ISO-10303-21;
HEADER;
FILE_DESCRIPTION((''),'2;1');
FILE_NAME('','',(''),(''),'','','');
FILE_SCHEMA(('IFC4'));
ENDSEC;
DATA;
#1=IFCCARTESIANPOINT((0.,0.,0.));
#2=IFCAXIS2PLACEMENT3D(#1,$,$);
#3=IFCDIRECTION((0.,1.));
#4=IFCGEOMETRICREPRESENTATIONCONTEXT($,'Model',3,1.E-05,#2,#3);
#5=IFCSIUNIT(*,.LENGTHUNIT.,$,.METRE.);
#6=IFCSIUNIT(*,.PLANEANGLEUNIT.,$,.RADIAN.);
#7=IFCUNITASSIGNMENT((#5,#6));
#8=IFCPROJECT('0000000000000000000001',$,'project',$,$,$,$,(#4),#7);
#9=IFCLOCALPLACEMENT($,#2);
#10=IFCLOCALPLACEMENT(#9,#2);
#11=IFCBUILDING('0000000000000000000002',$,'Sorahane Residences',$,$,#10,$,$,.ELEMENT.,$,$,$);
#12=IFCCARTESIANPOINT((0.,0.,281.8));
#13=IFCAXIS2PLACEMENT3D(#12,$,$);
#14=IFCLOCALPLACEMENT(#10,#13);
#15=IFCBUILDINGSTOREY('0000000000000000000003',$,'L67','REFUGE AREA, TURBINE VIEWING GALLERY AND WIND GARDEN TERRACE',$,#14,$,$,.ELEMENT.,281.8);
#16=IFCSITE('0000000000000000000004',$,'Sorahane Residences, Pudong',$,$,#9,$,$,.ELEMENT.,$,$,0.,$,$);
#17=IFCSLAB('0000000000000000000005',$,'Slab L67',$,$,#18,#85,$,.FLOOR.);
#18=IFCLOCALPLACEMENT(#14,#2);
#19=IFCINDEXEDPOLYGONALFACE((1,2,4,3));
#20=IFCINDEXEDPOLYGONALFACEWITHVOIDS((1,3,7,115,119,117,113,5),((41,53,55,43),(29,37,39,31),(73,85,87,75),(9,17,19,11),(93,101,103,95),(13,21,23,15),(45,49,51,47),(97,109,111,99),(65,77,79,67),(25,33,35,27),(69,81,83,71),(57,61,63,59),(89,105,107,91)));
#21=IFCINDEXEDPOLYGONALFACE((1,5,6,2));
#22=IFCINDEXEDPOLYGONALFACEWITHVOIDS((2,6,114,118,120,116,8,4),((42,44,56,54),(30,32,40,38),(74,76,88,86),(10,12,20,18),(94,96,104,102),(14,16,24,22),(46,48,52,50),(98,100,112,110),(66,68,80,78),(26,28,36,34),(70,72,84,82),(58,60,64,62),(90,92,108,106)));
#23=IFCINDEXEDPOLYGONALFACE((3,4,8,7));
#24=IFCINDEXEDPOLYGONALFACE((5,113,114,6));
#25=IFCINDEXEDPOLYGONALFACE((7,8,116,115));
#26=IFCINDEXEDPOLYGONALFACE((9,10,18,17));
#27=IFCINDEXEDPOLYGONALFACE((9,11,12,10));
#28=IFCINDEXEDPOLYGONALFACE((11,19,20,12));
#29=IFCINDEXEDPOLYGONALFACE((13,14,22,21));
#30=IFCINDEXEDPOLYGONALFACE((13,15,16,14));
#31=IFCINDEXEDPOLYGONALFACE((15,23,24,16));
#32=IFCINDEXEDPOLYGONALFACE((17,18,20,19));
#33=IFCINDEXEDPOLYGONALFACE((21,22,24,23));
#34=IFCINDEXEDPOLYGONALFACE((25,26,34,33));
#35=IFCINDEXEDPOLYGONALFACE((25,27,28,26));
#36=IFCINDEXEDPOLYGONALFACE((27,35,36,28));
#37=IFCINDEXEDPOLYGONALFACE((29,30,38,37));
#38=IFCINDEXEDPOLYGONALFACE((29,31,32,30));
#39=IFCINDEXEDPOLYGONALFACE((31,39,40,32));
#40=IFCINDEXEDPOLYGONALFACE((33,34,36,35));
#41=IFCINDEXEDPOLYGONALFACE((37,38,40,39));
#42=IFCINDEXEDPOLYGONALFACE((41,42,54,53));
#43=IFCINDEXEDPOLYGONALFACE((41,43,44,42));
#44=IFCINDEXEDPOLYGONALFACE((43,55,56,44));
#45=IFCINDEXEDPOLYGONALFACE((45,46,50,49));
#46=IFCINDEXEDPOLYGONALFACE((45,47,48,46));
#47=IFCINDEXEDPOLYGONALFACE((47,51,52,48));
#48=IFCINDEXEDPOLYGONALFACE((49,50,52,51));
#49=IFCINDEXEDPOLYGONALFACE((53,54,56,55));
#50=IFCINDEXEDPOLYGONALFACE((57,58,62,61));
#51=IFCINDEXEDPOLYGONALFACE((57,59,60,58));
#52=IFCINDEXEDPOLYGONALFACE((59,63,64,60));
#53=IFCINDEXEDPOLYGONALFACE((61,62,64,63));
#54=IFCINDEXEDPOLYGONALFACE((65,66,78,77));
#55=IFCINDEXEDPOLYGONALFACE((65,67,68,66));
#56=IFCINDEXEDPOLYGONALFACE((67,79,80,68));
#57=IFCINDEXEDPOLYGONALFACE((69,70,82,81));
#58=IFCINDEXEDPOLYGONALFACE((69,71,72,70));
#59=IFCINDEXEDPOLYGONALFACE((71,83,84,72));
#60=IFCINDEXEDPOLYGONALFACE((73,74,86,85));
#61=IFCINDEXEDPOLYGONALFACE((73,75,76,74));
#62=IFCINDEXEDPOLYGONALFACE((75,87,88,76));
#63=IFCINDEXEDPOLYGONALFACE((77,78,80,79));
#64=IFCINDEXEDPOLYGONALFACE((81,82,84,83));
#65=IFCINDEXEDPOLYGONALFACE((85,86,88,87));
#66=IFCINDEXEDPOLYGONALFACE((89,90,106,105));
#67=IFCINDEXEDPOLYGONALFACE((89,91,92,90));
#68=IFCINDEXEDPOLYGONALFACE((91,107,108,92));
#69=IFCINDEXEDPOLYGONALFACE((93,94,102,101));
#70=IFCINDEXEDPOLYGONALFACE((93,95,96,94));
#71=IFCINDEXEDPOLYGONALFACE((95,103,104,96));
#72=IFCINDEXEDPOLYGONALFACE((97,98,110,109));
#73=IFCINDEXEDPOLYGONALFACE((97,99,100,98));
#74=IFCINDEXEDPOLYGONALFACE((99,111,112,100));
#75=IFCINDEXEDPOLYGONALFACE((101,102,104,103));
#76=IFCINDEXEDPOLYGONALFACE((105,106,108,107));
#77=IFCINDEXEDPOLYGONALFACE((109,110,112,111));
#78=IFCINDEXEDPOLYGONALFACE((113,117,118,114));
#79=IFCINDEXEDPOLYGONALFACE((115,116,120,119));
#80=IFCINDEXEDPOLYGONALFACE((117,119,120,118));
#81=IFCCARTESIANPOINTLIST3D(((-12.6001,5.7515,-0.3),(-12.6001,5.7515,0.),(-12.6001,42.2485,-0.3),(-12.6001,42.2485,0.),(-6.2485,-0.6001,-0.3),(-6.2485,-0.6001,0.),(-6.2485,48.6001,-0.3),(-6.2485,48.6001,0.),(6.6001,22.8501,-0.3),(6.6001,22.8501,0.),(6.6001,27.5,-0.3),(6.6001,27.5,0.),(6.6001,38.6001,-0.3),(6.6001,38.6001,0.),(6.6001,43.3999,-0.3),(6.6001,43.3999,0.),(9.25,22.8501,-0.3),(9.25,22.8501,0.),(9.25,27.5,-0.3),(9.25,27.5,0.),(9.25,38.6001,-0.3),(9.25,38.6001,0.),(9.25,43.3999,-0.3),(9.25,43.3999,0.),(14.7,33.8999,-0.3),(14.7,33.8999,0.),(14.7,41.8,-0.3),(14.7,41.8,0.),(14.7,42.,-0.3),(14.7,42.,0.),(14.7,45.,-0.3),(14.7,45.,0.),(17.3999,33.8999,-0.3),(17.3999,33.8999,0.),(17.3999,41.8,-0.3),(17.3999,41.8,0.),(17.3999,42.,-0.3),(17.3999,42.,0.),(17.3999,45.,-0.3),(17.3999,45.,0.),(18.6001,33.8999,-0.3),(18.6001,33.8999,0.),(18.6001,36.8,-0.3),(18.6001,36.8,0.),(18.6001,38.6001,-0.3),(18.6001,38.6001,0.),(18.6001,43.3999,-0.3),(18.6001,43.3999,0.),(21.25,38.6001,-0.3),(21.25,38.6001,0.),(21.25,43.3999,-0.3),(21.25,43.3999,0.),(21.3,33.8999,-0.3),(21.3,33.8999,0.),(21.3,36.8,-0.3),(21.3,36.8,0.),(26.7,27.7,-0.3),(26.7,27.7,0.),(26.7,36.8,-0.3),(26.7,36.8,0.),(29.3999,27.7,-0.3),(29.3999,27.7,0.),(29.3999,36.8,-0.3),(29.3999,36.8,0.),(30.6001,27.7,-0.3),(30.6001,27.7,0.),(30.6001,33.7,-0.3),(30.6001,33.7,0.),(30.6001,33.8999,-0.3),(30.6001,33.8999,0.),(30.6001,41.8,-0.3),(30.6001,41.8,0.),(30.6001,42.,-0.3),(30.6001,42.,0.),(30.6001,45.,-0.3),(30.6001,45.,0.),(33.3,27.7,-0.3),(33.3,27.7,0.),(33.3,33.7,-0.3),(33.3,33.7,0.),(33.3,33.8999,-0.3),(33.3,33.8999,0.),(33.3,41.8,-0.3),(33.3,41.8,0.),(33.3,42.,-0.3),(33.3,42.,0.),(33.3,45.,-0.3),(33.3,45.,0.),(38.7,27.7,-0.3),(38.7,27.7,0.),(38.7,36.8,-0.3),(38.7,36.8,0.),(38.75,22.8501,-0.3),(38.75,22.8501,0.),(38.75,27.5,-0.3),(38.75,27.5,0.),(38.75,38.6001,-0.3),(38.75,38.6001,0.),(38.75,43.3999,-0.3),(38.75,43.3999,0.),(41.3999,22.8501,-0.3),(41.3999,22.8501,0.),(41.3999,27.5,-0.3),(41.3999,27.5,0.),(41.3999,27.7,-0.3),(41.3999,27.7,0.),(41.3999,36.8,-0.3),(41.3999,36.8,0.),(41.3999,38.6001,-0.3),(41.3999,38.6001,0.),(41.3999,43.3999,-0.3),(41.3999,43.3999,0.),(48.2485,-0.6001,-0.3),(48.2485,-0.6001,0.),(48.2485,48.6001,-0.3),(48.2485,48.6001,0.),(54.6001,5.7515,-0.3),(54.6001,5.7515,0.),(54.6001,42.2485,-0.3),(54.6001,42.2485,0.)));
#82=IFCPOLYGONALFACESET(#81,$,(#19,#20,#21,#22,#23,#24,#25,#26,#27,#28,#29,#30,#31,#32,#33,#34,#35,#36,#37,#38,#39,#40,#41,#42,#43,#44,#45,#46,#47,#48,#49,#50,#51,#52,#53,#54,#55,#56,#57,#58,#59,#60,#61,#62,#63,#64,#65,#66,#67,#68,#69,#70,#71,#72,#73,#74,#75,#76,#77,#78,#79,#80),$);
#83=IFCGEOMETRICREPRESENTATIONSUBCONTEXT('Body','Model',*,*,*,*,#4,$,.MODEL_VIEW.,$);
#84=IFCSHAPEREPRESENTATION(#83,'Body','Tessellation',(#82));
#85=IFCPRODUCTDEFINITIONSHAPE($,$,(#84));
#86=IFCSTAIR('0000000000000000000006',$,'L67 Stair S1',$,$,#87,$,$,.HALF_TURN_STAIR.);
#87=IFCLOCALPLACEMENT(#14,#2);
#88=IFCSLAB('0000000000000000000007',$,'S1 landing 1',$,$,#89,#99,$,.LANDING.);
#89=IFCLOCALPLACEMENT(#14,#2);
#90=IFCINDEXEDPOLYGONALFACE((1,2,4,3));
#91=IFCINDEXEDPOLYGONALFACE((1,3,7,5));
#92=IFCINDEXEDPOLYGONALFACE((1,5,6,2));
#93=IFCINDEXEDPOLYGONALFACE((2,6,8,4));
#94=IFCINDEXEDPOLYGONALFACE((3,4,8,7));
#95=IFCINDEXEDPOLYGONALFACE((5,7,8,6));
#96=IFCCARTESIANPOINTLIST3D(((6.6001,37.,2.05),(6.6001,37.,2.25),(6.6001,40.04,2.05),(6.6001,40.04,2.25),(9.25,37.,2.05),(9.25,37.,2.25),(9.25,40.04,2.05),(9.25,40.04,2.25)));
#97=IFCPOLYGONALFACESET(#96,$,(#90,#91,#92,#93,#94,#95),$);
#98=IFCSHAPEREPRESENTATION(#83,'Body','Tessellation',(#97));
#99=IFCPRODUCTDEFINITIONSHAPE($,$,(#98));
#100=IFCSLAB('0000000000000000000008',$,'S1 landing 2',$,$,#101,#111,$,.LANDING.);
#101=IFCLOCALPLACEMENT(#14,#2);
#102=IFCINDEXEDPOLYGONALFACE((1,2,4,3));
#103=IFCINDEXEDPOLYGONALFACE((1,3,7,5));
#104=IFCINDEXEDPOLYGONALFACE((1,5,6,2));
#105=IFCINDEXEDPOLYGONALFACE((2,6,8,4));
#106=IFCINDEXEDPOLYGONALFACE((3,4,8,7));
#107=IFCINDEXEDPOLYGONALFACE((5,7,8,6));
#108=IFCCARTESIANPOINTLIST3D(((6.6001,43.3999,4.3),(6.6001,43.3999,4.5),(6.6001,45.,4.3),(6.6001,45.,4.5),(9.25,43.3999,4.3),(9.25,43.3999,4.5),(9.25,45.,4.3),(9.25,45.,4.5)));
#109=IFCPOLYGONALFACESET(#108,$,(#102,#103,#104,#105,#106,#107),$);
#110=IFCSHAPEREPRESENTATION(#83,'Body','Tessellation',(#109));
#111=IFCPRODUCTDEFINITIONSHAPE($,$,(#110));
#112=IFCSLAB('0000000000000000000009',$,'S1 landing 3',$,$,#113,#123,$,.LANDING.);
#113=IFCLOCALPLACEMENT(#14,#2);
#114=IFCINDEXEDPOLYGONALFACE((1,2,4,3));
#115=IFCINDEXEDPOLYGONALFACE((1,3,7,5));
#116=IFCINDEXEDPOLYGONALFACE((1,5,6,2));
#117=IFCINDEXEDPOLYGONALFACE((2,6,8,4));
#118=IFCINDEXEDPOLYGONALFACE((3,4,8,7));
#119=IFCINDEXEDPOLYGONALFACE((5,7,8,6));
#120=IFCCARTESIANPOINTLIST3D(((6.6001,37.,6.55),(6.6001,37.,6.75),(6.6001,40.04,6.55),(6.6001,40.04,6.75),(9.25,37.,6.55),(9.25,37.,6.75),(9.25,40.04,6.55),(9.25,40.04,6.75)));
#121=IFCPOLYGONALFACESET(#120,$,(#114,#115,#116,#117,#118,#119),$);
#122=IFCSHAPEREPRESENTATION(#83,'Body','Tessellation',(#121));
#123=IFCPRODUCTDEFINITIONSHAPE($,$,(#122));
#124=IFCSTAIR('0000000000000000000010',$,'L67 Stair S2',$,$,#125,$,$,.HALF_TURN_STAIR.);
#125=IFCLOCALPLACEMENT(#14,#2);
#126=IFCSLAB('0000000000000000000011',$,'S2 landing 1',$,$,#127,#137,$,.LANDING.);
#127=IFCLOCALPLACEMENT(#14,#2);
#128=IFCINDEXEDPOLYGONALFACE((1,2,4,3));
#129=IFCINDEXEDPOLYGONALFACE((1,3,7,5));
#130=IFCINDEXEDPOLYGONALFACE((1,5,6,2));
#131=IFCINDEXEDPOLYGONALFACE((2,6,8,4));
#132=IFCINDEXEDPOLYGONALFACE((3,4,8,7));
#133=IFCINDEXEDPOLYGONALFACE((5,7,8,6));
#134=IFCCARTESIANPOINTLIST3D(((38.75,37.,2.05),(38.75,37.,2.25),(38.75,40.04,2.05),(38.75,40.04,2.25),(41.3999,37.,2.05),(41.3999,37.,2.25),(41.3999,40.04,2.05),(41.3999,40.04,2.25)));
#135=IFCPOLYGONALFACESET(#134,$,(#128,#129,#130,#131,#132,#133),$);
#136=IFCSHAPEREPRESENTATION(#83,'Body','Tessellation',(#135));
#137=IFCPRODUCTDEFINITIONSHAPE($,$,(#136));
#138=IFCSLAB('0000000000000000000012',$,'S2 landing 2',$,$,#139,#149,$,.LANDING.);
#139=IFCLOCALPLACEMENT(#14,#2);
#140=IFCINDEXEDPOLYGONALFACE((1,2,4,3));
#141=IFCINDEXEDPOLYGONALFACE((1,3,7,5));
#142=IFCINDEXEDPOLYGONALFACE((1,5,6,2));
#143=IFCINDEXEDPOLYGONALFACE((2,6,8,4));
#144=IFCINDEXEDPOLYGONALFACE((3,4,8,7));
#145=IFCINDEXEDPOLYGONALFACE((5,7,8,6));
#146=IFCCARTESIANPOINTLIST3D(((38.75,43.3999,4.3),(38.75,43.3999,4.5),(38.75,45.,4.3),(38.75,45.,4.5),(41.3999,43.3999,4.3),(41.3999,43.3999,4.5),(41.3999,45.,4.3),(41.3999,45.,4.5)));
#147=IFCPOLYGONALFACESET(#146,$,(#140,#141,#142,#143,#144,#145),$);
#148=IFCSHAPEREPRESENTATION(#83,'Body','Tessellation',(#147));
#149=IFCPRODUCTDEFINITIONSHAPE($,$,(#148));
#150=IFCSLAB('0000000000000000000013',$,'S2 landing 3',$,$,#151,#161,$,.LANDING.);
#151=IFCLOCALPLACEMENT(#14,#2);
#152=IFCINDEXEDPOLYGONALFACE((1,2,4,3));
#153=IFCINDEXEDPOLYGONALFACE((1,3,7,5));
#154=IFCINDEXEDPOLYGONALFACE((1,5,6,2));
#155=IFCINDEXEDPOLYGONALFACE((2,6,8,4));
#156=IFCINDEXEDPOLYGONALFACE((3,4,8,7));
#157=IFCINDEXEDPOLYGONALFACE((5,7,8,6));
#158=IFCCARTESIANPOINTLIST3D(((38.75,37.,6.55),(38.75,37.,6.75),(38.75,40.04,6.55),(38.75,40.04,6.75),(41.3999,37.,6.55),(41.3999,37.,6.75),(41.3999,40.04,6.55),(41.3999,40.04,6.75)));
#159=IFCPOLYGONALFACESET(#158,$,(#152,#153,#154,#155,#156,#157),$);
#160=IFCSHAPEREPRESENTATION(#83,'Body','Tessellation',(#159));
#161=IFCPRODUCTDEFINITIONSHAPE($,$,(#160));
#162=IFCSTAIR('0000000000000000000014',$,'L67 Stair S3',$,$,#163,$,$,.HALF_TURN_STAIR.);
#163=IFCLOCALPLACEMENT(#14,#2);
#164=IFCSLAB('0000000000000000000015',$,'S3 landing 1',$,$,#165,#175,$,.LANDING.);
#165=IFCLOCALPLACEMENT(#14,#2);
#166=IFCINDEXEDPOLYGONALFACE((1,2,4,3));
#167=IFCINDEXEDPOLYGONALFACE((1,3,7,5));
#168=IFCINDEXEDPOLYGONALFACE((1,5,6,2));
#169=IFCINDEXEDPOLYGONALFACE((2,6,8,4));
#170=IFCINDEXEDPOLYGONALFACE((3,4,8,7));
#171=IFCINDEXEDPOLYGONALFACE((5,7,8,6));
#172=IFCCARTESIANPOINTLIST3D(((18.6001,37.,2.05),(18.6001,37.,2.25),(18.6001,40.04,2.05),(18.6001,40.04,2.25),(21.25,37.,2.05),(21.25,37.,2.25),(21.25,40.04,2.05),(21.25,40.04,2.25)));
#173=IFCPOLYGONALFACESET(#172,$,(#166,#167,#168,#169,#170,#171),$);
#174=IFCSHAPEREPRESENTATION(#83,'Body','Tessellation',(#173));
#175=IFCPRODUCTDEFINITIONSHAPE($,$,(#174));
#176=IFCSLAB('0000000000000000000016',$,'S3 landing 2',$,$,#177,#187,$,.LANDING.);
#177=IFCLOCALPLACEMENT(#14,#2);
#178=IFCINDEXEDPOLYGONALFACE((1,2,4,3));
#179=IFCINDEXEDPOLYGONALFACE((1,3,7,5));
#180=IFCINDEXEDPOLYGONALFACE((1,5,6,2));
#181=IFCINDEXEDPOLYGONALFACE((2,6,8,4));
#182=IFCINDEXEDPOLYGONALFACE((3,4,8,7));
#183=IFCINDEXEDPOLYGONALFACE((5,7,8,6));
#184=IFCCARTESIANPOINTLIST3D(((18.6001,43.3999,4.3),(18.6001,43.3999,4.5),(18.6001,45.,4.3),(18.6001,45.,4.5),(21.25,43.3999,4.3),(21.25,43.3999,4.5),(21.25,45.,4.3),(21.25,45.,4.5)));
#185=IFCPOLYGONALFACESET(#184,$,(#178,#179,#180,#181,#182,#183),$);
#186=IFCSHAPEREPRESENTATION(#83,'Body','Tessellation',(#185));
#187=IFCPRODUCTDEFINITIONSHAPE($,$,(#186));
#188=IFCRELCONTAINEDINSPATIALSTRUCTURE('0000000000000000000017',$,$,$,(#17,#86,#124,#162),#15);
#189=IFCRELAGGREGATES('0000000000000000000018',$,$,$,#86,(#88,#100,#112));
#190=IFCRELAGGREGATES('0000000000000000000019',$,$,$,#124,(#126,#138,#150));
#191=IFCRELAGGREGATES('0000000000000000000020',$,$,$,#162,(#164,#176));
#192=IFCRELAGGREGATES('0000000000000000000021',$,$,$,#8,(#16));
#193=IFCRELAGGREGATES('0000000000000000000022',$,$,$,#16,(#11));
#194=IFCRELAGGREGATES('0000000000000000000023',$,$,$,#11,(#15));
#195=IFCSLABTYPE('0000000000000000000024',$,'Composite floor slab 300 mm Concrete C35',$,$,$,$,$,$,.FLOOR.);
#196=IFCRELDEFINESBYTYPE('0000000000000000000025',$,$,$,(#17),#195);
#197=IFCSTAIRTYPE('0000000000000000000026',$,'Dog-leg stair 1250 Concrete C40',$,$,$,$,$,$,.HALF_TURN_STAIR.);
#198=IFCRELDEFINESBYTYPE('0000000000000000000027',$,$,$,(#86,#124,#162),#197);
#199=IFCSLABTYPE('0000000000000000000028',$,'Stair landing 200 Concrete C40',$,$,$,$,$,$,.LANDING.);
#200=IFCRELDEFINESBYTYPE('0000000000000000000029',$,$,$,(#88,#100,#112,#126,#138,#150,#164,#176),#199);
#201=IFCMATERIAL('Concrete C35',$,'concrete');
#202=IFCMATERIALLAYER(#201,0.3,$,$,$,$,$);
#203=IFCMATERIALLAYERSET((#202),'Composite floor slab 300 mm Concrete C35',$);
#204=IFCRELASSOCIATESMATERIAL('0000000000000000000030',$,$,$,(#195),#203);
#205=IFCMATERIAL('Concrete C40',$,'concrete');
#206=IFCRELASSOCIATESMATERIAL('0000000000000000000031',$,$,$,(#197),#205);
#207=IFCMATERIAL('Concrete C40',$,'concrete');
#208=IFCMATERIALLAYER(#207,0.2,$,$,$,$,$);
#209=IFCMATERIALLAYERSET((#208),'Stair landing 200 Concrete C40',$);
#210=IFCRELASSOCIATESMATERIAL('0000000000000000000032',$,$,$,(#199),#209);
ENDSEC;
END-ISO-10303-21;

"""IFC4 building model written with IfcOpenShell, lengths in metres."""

from ifc_helpers import new_model, si_unit, direction, frame, origin, place, context, subcontext, project, spatial, polyline, outline, extrude, material, layer, layer_set, type_object, element, aggregate, save


model = new_model("IFC4")

# Units and contexts
model_context = context("Model", 3, precision=1e-05, world=origin(), true_north=direction((0.0, 1.0)))
body_context = subcontext(model_context, "Body", "Model", "MODEL_VIEW")
ifc_project = project(units=[si_unit("LENGTHUNIT", "METRE"), si_unit("PLANEANGLEUNIT", "RADIAN")], contexts=[model_context])

# Site, building, storey
site_placement = place(None, origin())
site = spatial("IfcSite", under=ifc_project, at=site_placement, Name="Sorahane Residences, Pudong", CompositionType="ELEMENT", RefElevation=0.0)
building_placement = place(site_placement, origin())
building = spatial("IfcBuilding", under=site, at=building_placement, Name="Sorahane Residences", CompositionType="ELEMENT")
storey_placement = place(building_placement, frame((0.0, 0.0, 281.8)))
storey = spatial("IfcBuildingStorey", under=building, at=storey_placement, Name="L67", Description="REFUGE AREA, TURBINE VIEWING GALLERY AND WIND GARDEN TERRACE", CompositionType="ELEMENT", Elevation=281.8)

# Slab
ifc_material_1 = material(Name="Concrete C35", Category="concrete")
ifc_layer_1 = layer(ifc_material_1, 0.3)
ifc_layer_set_1 = layer_set([ifc_layer_1], Name="Composite floor slab 300 mm Concrete C35")
slab_type_1 = type_object("IfcSlabType", Name="Composite floor slab 300 mm Concrete C35", PredefinedType="FLOOR", material=ifc_layer_set_1)
slab_1_placement = place(storey_placement, frame((0.0, 0.0, -0.3)))
element("IfcSlab", 1, at=slab_1_placement, inside=storey, type_object=slab_type_1, Name="Slab L67", PredefinedType="FLOOR", context=body_context, shape_type="SweptSolid", body=[
    extrude(outline(polyline([(-6.2485, -0.6001), (-12.6001, 5.7515), (-12.6001, 42.2485), (-6.2485, 48.6001), (48.2485, 48.6001), (54.6001, 42.2485), (54.6001, 5.7515), (48.2485, -0.6001), (-6.2485, -0.6001)]), holes=[polyline([(38.7, 27.7), (41.3999, 27.7), (41.3999, 36.8), (38.7, 36.8), (38.7, 27.7)]), polyline([(30.6001, 27.7), (33.3, 27.7), (33.3, 33.7), (30.6001, 33.7), (30.6001, 27.7)]), polyline([(30.6001, 42.0), (33.3, 42.0), (33.3, 45.0), (30.6001, 45.0), (30.6001, 42.0)]), polyline([(14.7, 42.0), (17.3999, 42.0), (17.3999, 45.0), (14.7, 45.0), (14.7, 42.0)]), polyline([(9.25, 38.6001), (6.6001, 38.6001), (6.6001, 43.3999), (9.25, 43.3999), (9.25, 38.6001)]), polyline([(41.3999, 38.6001), (38.75, 38.6001), (38.75, 43.3999), (41.3999, 43.3999), (41.3999, 38.6001)]), polyline([(21.25, 38.6001), (18.6001, 38.6001), (18.6001, 43.3999), (21.25, 43.3999), (21.25, 38.6001)]), polyline([(6.6001, 27.5), (9.25, 27.5), (9.25, 22.8501), (6.6001, 22.8501), (6.6001, 27.5)]), polyline([(38.75, 27.5), (41.3999, 27.5), (41.3999, 22.8501), (38.75, 22.8501), (38.75, 27.5)]), polyline([(14.7, 33.8999), (17.3999, 33.8999), (17.3999, 41.8), (14.7, 41.8), (14.7, 33.8999)]), polyline([(30.6001, 33.8999), (33.3, 33.8999), (33.3, 41.8), (30.6001, 41.8), (30.6001, 33.8999)]), polyline([(18.6001, 33.8999), (21.3, 33.8999), (21.3, 36.8), (18.6001, 36.8), (18.6001, 33.8999)]), polyline([(26.7, 27.7), (29.3999, 27.7), (29.3999, 36.8), (26.7, 36.8), (26.7, 27.7)])]), origin(), (0.0, 0.0, 1.0), 0.3),
])

# Stairs, slabs
ifc_material_2 = material(Name="Concrete C40", Category="concrete")
stair_type = type_object("IfcStairType", Name="Dog-leg stair 1250 Concrete C40", PredefinedType="HALF_TURN_STAIR", material=ifc_material_2)
stair_1_placement = place(storey_placement, origin())
stair_1 = element("IfcStair", 2, at=stair_1_placement, inside=storey, type_object=stair_type, Name="L67 Stair S1", PredefinedType="HALF_TURN_STAIR")
ifc_material_3 = material(Name="Concrete C40", Category="concrete")
ifc_layer_2 = layer(ifc_material_3, 0.2)
ifc_layer_set_2 = layer_set([ifc_layer_2], Name="Stair landing 200 Concrete C40")
slab_type_2 = type_object("IfcSlabType", Name="Stair landing 200 Concrete C40", PredefinedType="LANDING", material=ifc_layer_set_2)
slab_2_placement = place(storey_placement, frame((0.0, 0.0, 2.05)))
slab_2 = element("IfcSlab", 3, at=slab_2_placement, type_object=slab_type_2, Name="S1 landing 1", PredefinedType="LANDING", context=body_context, shape_type="SweptSolid", body=[
    extrude(outline(polyline([(6.6001, 40.04), (6.6001, 37.0), (9.25, 37.0), (9.25, 40.04), (6.6001, 40.04)])), origin(), (0.0, 0.0, 1.0), 0.2),
])
slab_3_placement = place(storey_placement, frame((0.0, 0.0, 4.3)))
slab_3 = element("IfcSlab", 4, at=slab_3_placement, type_object=slab_type_2, Name="S1 landing 2", PredefinedType="LANDING", context=body_context, shape_type="SweptSolid", body=[
    extrude(outline(polyline([(6.6001, 45.0), (6.6001, 43.3999), (9.25, 43.3999), (9.25, 45.0), (6.6001, 45.0)])), origin(), (0.0, 0.0, 1.0), 0.2),
])
slab_4_placement = place(storey_placement, frame((0.0, 0.0, 6.55)))
slab_4 = element("IfcSlab", 5, at=slab_4_placement, type_object=slab_type_2, Name="S1 landing 3", PredefinedType="LANDING", context=body_context, shape_type="SweptSolid", body=[
    extrude(outline(polyline([(6.6001, 40.04), (6.6001, 37.0), (9.25, 37.0), (9.25, 40.04), (6.6001, 40.04)])), origin(), (0.0, 0.0, 1.0), 0.2),
])
aggregate(stair_1, [slab_2, slab_3, slab_4])
stair_2_placement = place(storey_placement, origin())
stair_2 = element("IfcStair", 6, at=stair_2_placement, inside=storey, type_object=stair_type, Name="L67 Stair S2", PredefinedType="HALF_TURN_STAIR")
slab_5_placement = place(storey_placement, frame((0.0, 0.0, 2.05)))
slab_5 = element("IfcSlab", 7, at=slab_5_placement, type_object=slab_type_2, Name="S2 landing 1", PredefinedType="LANDING", context=body_context, shape_type="SweptSolid", body=[
    extrude(outline(polyline([(38.75, 40.04), (38.75, 37.0), (41.3999, 37.0), (41.3999, 40.04), (38.75, 40.04)])), origin(), (0.0, 0.0, 1.0), 0.2),
])
slab_6_placement = place(storey_placement, frame((0.0, 0.0, 4.3)))
slab_6 = element("IfcSlab", 8, at=slab_6_placement, type_object=slab_type_2, Name="S2 landing 2", PredefinedType="LANDING", context=body_context, shape_type="SweptSolid", body=[
    extrude(outline(polyline([(38.75, 45.0), (38.75, 43.3999), (41.3999, 43.3999), (41.3999, 45.0), (38.75, 45.0)])), origin(), (0.0, 0.0, 1.0), 0.2),
])
slab_7_placement = place(storey_placement, frame((0.0, 0.0, 6.55)))
slab_7 = element("IfcSlab", 9, at=slab_7_placement, type_object=slab_type_2, Name="S2 landing 3", PredefinedType="LANDING", context=body_context, shape_type="SweptSolid", body=[
    extrude(outline(polyline([(38.75, 40.04), (38.75, 37.0), (41.3999, 37.0), (41.3999, 40.04), (38.75, 40.04)])), origin(), (0.0, 0.0, 1.0), 0.2),
])
aggregate(stair_2, [slab_5, slab_6, slab_7])
stair_3_placement = place(storey_placement, origin())
stair_3 = element("IfcStair", 10, at=stair_3_placement, inside=storey, type_object=stair_type, Name="L67 Stair S3", PredefinedType="HALF_TURN_STAIR")
slab_8_placement = place(storey_placement, frame((0.0, 0.0, 2.05)))
slab_8 = element("IfcSlab", 11, at=slab_8_placement, type_object=slab_type_2, Name="S3 landing 1", PredefinedType="LANDING", context=body_context, shape_type="SweptSolid", body=[
    extrude(outline(polyline([(18.6001, 40.04), (18.6001, 37.0), (21.25, 37.0), (21.25, 40.04), (18.6001, 40.04)])), origin(), (0.0, 0.0, 1.0), 0.2),
])
slab_9_placement = place(storey_placement, frame((0.0, 0.0, 4.3)))
slab_9 = element("IfcSlab", 12, at=slab_9_placement, type_object=slab_type_2, Name="S3 landing 2", PredefinedType="LANDING", context=body_context, shape_type="SweptSolid", body=[
    extrude(outline(polyline([(18.6001, 45.0), (18.6001, 43.3999), (21.25, 43.3999), (21.25, 45.0), (18.6001, 45.0)])), origin(), (0.0, 0.0, 1.0), 0.2),
])
aggregate(stair_3, [slab_8, slab_9])

save(model, "model.ifc")
